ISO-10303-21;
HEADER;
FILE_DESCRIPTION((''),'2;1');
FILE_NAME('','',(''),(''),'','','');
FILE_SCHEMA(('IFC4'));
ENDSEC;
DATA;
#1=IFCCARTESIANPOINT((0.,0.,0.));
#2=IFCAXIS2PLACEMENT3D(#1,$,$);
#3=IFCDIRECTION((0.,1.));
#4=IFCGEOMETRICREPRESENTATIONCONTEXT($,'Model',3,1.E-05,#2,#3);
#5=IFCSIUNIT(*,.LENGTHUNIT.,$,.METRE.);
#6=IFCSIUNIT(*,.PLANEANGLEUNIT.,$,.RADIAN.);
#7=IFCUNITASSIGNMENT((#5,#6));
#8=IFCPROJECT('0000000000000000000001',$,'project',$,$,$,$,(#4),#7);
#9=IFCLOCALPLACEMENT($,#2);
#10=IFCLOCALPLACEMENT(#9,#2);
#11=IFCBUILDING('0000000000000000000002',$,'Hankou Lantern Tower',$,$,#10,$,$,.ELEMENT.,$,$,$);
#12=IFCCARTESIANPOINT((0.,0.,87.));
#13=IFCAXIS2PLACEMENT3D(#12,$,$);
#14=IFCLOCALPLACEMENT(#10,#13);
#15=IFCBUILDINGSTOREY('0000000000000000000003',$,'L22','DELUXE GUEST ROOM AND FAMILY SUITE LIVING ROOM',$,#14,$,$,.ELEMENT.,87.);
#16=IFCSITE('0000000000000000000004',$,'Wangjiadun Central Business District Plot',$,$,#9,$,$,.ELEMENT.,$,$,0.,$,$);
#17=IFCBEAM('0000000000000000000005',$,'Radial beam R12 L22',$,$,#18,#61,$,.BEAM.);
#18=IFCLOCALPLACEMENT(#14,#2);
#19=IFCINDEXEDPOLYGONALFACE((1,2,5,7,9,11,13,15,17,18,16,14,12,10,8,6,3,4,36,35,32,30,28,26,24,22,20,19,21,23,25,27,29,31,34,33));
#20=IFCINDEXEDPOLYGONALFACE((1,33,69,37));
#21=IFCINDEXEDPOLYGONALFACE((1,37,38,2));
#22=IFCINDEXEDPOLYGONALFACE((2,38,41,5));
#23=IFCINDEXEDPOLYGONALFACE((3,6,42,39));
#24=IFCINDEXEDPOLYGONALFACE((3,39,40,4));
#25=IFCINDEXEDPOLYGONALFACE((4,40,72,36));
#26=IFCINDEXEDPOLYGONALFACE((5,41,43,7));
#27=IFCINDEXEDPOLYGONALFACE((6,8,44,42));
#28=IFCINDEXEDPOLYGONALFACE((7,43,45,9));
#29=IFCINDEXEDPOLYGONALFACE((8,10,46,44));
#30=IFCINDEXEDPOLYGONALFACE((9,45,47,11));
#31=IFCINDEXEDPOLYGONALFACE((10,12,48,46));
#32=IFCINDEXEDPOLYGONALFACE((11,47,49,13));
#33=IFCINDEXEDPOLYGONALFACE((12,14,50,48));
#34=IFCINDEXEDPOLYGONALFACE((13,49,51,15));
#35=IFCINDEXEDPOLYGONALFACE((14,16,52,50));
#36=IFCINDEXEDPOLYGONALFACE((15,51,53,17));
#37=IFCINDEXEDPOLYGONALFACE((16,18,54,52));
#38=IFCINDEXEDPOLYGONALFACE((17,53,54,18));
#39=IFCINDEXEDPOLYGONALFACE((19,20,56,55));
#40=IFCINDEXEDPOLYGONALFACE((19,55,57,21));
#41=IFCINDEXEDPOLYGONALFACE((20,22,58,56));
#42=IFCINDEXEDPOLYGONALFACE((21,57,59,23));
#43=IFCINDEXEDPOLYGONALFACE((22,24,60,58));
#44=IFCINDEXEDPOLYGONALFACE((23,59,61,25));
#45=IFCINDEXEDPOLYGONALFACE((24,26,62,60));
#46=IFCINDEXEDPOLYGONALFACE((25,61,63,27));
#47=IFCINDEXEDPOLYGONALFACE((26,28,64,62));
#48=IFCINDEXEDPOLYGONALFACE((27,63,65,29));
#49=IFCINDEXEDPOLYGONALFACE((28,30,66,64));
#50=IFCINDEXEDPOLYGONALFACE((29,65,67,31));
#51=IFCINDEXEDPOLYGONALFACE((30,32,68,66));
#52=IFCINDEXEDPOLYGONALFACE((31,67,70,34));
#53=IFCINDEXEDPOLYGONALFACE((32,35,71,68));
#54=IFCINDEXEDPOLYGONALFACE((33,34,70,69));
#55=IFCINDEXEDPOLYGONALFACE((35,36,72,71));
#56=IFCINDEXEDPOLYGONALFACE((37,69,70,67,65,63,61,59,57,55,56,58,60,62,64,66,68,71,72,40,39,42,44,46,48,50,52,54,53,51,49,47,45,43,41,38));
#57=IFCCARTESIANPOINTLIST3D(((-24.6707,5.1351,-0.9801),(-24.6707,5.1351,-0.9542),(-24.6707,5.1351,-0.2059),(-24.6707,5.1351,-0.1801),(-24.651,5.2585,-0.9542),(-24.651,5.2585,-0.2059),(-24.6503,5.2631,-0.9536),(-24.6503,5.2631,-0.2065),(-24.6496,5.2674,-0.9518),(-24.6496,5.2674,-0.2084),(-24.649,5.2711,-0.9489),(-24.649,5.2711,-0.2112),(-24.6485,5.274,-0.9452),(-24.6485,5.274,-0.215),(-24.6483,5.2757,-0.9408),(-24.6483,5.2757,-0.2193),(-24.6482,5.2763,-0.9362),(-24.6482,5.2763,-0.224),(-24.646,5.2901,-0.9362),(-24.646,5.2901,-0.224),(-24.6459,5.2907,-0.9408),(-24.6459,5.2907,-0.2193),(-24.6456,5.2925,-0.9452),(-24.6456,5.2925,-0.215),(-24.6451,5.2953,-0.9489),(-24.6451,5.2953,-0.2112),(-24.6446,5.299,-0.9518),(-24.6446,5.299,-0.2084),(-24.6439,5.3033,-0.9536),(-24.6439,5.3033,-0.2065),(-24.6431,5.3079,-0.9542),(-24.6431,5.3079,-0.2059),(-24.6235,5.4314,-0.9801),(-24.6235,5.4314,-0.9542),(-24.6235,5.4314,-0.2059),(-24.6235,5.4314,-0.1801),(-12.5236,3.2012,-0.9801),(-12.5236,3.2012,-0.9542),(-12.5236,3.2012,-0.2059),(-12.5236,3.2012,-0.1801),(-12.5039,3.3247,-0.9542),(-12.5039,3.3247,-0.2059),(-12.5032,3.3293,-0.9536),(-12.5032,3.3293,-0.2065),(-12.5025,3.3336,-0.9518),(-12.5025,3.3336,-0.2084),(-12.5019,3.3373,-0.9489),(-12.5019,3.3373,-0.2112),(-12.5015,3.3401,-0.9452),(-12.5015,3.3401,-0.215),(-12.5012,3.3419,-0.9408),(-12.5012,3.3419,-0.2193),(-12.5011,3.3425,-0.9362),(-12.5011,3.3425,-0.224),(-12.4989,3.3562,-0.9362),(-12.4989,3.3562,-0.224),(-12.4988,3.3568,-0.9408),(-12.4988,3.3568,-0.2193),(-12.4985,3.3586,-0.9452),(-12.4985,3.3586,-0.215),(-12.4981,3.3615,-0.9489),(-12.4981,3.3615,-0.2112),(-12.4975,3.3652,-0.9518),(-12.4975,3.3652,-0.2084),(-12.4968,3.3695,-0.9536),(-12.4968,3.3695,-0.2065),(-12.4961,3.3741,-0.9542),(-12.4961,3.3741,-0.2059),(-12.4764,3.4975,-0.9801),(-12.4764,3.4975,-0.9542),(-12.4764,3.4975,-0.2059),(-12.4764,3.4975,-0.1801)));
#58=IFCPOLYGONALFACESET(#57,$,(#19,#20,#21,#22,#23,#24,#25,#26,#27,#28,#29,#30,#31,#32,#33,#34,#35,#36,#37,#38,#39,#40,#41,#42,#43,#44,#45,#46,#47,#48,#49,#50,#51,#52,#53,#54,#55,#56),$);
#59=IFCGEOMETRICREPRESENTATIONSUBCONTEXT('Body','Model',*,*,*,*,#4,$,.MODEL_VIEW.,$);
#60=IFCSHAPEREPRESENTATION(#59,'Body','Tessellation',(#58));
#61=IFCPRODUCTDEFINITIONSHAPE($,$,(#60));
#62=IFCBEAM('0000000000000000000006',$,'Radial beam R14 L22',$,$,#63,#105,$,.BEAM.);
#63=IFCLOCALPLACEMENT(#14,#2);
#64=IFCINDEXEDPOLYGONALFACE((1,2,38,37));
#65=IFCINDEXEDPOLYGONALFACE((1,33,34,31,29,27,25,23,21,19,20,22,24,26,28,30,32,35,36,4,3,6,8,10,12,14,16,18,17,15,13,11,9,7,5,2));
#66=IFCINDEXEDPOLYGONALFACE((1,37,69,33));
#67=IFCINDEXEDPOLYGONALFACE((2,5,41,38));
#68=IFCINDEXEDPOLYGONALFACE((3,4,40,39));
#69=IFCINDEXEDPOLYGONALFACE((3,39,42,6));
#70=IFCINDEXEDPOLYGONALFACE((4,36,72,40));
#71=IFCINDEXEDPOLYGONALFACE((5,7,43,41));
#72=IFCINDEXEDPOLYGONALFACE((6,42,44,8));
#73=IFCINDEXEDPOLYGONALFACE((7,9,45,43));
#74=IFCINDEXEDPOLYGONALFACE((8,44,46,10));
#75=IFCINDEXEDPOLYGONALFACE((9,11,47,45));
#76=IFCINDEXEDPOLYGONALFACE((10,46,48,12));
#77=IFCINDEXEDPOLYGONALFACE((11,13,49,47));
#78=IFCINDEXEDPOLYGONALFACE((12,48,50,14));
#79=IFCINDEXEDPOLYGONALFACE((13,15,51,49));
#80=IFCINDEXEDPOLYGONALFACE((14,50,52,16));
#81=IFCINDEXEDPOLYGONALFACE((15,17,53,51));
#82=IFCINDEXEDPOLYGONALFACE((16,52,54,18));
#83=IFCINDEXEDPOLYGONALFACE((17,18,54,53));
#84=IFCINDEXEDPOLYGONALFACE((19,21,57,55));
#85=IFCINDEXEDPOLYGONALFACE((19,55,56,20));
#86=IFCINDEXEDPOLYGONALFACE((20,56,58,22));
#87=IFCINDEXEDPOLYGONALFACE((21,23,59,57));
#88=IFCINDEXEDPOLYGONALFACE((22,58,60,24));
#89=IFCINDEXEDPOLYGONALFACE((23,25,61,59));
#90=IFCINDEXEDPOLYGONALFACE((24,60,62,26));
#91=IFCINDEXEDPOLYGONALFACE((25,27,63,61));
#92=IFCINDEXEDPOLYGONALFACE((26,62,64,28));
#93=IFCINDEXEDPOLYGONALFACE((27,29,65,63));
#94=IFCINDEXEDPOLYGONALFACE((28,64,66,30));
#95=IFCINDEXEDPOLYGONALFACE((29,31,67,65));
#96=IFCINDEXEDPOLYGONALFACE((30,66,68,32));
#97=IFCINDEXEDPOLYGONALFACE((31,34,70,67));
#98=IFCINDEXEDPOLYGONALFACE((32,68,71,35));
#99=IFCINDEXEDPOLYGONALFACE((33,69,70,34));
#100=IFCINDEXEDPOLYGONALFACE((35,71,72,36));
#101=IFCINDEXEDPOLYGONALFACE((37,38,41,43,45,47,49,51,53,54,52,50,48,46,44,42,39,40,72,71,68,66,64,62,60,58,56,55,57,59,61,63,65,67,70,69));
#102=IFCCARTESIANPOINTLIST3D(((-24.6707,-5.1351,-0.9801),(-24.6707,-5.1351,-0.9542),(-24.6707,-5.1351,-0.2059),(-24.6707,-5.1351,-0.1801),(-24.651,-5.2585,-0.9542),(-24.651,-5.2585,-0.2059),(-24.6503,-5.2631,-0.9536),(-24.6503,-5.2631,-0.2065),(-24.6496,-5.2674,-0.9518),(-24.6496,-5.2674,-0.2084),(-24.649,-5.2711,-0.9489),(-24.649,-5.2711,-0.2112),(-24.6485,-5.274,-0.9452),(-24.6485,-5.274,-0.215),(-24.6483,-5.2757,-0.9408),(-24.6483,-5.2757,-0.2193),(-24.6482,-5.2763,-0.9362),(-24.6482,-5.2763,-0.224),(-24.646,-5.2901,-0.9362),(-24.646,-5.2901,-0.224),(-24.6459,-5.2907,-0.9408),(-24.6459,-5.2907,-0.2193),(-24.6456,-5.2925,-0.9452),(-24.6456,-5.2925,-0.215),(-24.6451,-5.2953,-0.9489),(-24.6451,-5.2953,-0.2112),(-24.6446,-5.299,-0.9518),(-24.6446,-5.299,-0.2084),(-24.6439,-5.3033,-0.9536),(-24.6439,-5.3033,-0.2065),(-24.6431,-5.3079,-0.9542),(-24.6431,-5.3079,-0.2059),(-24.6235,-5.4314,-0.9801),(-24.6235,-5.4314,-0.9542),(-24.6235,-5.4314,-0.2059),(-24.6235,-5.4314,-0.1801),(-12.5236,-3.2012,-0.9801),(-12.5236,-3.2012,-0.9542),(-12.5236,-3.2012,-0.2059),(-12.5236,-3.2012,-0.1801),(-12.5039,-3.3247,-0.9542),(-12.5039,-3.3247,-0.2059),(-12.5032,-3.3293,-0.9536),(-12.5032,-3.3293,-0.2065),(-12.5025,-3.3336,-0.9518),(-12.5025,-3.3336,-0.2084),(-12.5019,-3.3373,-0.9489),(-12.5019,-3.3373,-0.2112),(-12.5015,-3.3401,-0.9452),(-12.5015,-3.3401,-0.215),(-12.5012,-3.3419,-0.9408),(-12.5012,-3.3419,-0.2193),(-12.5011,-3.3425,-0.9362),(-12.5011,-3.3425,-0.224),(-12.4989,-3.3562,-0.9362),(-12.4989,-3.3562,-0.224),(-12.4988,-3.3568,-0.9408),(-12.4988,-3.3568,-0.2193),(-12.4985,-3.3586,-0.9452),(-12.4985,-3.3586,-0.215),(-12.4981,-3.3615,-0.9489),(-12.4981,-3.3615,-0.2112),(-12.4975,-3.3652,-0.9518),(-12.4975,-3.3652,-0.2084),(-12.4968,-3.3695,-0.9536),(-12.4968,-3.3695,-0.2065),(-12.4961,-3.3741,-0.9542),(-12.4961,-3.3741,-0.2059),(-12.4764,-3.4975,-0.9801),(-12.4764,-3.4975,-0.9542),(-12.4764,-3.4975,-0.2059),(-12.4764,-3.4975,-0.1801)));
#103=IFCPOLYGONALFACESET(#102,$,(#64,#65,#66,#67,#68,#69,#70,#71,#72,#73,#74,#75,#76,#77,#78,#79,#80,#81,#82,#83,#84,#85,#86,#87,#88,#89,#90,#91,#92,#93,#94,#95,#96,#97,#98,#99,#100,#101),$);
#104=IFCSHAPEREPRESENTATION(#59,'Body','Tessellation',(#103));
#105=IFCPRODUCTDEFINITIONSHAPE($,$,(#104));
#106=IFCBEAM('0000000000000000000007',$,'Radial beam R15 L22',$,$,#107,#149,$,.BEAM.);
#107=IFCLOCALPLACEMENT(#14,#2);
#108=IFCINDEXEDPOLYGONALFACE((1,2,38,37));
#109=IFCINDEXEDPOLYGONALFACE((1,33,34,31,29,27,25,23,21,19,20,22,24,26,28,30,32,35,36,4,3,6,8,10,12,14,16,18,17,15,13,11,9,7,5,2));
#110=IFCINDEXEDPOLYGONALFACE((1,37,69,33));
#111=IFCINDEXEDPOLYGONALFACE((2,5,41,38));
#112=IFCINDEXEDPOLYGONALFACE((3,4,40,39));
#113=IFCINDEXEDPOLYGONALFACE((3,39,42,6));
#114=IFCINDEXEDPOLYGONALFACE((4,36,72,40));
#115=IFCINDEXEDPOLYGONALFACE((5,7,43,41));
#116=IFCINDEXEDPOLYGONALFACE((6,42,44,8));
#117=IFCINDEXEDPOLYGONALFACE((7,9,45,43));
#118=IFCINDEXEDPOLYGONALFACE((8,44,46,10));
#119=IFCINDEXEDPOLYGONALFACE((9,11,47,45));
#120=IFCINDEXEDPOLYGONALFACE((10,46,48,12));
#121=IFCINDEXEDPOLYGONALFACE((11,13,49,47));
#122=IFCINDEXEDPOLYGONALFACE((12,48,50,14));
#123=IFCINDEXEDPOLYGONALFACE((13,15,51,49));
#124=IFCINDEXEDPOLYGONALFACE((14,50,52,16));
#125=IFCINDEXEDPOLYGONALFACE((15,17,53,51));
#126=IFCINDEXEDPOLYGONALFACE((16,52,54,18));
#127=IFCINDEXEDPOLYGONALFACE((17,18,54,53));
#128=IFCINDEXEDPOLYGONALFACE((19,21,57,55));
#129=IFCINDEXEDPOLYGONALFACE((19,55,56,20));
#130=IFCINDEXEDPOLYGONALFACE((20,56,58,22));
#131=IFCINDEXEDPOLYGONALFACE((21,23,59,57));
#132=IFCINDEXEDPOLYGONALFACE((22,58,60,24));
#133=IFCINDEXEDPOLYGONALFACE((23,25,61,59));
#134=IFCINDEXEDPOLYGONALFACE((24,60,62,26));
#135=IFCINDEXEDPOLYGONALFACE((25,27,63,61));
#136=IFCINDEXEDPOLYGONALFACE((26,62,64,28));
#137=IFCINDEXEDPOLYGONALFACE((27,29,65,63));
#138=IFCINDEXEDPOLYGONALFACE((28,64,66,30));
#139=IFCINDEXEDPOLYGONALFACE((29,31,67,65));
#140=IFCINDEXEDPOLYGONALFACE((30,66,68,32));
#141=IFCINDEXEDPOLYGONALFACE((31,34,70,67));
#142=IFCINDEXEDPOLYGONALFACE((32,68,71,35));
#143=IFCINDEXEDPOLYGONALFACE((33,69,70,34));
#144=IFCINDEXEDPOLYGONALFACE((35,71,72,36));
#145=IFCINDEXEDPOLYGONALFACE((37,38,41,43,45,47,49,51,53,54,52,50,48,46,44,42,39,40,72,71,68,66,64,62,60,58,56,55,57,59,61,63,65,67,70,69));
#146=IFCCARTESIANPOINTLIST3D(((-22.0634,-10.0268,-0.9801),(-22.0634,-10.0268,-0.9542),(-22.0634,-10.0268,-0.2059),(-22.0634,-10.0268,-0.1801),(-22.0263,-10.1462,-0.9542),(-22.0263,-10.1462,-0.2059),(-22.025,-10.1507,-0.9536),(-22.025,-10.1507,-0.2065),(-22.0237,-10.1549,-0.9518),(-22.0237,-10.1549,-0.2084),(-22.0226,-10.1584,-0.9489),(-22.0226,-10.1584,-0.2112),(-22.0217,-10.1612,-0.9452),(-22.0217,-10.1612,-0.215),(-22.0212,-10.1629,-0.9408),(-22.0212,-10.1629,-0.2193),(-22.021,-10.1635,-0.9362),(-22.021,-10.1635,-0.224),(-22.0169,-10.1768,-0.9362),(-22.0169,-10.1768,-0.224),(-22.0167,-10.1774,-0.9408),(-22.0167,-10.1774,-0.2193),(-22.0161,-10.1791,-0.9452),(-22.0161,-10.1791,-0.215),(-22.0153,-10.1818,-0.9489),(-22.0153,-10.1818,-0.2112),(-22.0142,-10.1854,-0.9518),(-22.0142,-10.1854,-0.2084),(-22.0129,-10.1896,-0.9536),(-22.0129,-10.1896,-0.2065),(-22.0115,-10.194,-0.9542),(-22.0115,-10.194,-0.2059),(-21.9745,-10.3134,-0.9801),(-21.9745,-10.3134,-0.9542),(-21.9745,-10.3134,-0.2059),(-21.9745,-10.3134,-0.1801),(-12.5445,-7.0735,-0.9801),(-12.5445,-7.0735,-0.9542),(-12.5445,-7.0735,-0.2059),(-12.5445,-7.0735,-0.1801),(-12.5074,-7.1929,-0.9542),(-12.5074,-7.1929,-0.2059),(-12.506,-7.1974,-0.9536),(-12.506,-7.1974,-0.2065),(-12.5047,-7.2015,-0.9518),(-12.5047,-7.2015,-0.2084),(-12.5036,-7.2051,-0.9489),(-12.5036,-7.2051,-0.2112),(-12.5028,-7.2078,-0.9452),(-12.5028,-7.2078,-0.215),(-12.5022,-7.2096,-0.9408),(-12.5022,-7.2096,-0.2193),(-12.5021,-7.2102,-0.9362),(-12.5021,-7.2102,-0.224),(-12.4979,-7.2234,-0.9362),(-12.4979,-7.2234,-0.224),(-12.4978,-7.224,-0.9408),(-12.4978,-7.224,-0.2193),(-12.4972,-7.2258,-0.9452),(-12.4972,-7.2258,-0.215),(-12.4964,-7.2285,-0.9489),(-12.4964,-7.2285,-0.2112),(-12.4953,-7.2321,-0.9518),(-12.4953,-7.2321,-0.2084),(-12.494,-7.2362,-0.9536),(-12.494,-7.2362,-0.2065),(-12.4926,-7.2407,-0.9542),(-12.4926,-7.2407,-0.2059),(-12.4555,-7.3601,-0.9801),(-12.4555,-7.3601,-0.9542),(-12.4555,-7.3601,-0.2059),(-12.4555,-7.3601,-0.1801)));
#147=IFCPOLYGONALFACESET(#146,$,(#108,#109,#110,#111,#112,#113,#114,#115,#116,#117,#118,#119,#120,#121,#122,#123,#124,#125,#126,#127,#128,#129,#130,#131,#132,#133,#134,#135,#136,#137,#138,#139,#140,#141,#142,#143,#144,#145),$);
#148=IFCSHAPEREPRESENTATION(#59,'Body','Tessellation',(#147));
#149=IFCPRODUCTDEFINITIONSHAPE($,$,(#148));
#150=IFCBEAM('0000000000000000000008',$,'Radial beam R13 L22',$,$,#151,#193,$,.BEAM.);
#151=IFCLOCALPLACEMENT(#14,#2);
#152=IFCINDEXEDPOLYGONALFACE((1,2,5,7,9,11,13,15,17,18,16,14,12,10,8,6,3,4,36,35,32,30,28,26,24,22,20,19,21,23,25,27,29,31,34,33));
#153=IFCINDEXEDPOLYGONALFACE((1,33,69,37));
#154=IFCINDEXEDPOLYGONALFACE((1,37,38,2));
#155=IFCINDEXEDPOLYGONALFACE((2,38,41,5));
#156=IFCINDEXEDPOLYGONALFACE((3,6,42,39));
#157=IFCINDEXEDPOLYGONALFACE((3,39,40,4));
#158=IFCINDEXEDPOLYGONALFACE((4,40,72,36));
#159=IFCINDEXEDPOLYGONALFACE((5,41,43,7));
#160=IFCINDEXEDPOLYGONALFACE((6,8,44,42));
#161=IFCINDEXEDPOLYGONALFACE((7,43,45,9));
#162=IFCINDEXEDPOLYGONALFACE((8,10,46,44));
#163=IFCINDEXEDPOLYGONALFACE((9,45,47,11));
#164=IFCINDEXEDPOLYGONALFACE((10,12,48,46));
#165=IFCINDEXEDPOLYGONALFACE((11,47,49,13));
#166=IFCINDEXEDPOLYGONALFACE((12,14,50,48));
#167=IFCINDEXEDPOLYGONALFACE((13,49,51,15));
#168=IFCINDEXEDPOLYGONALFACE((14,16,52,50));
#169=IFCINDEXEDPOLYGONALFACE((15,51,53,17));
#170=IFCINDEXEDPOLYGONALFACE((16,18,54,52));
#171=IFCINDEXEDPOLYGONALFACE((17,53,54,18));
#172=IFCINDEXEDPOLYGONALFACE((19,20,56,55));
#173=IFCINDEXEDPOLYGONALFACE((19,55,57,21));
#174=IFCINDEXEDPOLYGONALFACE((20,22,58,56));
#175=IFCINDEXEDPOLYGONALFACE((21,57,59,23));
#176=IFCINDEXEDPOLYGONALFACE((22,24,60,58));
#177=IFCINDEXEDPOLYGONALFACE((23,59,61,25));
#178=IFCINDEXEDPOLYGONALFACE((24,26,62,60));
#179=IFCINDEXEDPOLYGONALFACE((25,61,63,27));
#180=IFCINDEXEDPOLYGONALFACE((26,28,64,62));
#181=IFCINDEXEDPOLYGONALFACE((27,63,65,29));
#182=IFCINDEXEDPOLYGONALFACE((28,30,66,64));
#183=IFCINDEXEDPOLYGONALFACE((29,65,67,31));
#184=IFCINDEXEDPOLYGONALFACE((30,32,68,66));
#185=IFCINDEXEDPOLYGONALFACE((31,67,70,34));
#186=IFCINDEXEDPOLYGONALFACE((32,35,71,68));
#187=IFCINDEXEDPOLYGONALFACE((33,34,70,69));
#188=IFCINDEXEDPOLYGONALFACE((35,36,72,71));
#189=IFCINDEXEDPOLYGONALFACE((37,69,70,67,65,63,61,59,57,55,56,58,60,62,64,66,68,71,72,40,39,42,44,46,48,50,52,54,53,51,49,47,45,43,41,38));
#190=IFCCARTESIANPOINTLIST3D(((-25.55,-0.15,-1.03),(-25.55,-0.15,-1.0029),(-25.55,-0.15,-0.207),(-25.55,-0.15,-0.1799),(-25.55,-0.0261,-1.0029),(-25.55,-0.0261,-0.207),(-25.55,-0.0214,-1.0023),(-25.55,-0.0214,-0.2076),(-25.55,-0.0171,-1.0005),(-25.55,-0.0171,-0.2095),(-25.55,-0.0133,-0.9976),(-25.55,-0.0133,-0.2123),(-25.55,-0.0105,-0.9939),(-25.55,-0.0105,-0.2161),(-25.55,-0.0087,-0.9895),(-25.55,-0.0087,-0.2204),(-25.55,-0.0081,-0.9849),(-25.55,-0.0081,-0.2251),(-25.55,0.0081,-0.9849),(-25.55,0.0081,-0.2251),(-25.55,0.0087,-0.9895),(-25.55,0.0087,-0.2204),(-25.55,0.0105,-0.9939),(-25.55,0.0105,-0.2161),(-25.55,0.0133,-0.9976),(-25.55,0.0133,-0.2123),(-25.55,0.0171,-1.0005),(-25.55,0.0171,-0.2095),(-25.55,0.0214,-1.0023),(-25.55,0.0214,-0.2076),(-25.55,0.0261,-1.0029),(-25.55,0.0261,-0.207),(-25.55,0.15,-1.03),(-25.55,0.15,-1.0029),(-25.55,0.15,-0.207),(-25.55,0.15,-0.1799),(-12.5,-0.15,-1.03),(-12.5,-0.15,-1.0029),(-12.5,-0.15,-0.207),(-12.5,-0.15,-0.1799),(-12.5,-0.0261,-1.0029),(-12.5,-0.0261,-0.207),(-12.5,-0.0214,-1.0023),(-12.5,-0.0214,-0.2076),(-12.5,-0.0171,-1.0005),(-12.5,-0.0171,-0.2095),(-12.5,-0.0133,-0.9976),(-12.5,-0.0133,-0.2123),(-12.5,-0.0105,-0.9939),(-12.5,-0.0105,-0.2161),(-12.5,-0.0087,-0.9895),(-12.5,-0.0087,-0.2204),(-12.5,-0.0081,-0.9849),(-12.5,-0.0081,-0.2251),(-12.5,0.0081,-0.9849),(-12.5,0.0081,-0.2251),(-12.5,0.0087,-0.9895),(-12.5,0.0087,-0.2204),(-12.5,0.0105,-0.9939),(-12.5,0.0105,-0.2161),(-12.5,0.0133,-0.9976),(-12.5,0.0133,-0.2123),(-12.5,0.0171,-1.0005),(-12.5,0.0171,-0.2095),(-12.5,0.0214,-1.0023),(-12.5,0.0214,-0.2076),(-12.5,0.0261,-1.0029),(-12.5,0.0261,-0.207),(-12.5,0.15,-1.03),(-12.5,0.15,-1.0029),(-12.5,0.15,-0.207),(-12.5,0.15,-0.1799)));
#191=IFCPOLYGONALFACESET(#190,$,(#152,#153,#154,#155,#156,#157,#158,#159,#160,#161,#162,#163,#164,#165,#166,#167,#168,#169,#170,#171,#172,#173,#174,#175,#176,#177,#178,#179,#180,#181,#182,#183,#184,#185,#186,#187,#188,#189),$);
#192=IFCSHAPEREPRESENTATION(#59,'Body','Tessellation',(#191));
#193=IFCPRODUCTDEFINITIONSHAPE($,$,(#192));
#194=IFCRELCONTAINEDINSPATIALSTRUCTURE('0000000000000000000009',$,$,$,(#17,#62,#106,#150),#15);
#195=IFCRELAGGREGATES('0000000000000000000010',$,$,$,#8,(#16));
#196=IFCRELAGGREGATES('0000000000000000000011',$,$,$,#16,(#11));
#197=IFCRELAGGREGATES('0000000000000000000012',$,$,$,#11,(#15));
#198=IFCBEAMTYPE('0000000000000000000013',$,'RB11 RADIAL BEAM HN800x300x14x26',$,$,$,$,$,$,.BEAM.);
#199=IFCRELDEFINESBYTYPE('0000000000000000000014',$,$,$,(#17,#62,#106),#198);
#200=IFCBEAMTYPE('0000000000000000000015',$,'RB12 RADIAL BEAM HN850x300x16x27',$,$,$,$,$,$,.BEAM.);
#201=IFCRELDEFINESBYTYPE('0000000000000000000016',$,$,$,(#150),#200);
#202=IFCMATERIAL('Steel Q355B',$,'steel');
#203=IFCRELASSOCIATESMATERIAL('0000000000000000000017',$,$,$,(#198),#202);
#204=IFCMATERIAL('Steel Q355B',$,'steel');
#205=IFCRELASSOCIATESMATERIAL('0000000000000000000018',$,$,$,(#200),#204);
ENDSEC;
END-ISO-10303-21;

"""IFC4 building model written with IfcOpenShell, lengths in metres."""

from ifc_helpers import new_model, si_unit, direction, frame, origin, origin_2d, place, context, subcontext, project, spatial, i_section, extrude, material, material_profile, profile_set, type_object, element, save


model = new_model("IFC4")

# Units and contexts
model_context = context("Model", 3, precision=1e-05, world=origin(), true_north=direction((0.0, 1.0)))
body_context = subcontext(model_context, "Body", "Model", "MODEL_VIEW")
ifc_project = project(units=[si_unit("LENGTHUNIT", "METRE"), si_unit("PLANEANGLEUNIT", "RADIAN")], contexts=[model_context])

# Site, building, storey
site_placement = place(None, origin())
site = spatial("IfcSite", under=ifc_project, at=site_placement, Name="Wangjiadun Central Business District Plot", CompositionType="ELEMENT", RefElevation=0.0)
building_placement = place(site_placement, origin())
building = spatial("IfcBuilding", under=site, at=building_placement, Name="Hankou Lantern Tower", CompositionType="ELEMENT")
storey_placement = place(building_placement, frame((0.0, 0.0, 87.0)))
storey = spatial("IfcBuildingStorey", under=building, at=storey_placement, Name="L22", Description="DELUXE GUEST ROOM AND FAMILY SUITE LIVING ROOM", CompositionType="ELEMENT", Elevation=87.0)

# Beams
ifc_material_1 = material(Name="Steel Q355B", Category="steel")
ifc_material_profile_1 = material_profile(ifc_material_1, i_section(OverallWidth=0.3, OverallDepth=0.8, WebThickness=0.0139, FlangeThickness=0.0259, FilletRadius=0.0181, at=origin_2d()), Name="HN800x300x14x26")
ifc_profile_set_1 = profile_set([ifc_material_profile_1], Name="Steel Q355B")
beam_type_1 = type_object("IfcBeamType", Name="RB11 RADIAL BEAM HN800x300x14x26", PredefinedType="BEAM", material=ifc_profile_set_1)
for number, where, z_axis, x_axis, name in (
    (1, (-12.5, 3.3494, -0.5801), (-0.987563, 0.157223, 0.0), (-0.157223, -0.987563, 0.0), "Radial beam R12 L22"),
    (2, (-12.5, -3.3494, -0.5801), (-0.987563, -0.157223, 0.0), (0.157223, -0.987563, 0.0), "Radial beam R14 L22"),
):
    element("IfcBeam", number, at=place(storey_placement, frame(where, z_axis=z_axis, x_axis=x_axis)), inside=storey, type_object=beam_type_1, Name=name, PredefinedType="BEAM", context=body_context, shape_type="SweptSolid", body=[
        extrude(i_section(OverallWidth=0.3, OverallDepth=0.8, WebThickness=0.0139, FlangeThickness=0.0259, FilletRadius=0.0181, at=origin_2d()), origin(), (0.0, 0.0, 1.0), 12.3),
    ])
beam_1_placement = place(storey_placement, frame((-12.5, -7.2168, -0.5801), z_axis=(-0.955087, -0.296324, 0.0), x_axis=(0.296324, -0.955087, 0.0)))
element("IfcBeam", 3, at=beam_1_placement, inside=storey, type_object=beam_type_1, Name="Radial beam R15 L22", PredefinedType="BEAM", context=body_context, shape_type="SweptSolid", body=[
    extrude(i_section(OverallWidth=0.3, OverallDepth=0.8, WebThickness=0.0139, FlangeThickness=0.0259, FilletRadius=0.0181, at=origin_2d()), origin(), (0.0, 0.0, 1.0), 9.9666),
])
ifc_material_2 = material(Name="Steel Q355B", Category="steel")
ifc_material_profile_2 = material_profile(ifc_material_2, i_section(OverallWidth=0.3, OverallDepth=0.8501, WebThickness=0.0161, FlangeThickness=0.0271, FilletRadius=0.0181, at=origin_2d()), Name="HN850x300x16x27")
ifc_profile_set_2 = profile_set([ifc_material_profile_2], Name="Steel Q355B")
beam_type_2 = type_object("IfcBeamType", Name="RB12 RADIAL BEAM HN850x300x16x27", PredefinedType="BEAM", material=ifc_profile_set_2)
beam_2_placement = place(storey_placement, frame((-12.5, 0.0, -0.605), z_axis=(-1.0, 0.0, 0.0), x_axis=(0.0, -1.0, 0.0)))
element("IfcBeam", 4, at=beam_2_placement, inside=storey, type_object=beam_type_2, Name="Radial beam R13 L22", PredefinedType="BEAM", context=body_context, shape_type="SweptSolid", body=[
    extrude(i_section(OverallWidth=0.3, OverallDepth=0.8501, WebThickness=0.0161, FlangeThickness=0.0271, FilletRadius=0.0181, at=origin_2d()), origin(), (0.0, 0.0, 1.0), 13.05),
])

save(model, "model.ifc")
